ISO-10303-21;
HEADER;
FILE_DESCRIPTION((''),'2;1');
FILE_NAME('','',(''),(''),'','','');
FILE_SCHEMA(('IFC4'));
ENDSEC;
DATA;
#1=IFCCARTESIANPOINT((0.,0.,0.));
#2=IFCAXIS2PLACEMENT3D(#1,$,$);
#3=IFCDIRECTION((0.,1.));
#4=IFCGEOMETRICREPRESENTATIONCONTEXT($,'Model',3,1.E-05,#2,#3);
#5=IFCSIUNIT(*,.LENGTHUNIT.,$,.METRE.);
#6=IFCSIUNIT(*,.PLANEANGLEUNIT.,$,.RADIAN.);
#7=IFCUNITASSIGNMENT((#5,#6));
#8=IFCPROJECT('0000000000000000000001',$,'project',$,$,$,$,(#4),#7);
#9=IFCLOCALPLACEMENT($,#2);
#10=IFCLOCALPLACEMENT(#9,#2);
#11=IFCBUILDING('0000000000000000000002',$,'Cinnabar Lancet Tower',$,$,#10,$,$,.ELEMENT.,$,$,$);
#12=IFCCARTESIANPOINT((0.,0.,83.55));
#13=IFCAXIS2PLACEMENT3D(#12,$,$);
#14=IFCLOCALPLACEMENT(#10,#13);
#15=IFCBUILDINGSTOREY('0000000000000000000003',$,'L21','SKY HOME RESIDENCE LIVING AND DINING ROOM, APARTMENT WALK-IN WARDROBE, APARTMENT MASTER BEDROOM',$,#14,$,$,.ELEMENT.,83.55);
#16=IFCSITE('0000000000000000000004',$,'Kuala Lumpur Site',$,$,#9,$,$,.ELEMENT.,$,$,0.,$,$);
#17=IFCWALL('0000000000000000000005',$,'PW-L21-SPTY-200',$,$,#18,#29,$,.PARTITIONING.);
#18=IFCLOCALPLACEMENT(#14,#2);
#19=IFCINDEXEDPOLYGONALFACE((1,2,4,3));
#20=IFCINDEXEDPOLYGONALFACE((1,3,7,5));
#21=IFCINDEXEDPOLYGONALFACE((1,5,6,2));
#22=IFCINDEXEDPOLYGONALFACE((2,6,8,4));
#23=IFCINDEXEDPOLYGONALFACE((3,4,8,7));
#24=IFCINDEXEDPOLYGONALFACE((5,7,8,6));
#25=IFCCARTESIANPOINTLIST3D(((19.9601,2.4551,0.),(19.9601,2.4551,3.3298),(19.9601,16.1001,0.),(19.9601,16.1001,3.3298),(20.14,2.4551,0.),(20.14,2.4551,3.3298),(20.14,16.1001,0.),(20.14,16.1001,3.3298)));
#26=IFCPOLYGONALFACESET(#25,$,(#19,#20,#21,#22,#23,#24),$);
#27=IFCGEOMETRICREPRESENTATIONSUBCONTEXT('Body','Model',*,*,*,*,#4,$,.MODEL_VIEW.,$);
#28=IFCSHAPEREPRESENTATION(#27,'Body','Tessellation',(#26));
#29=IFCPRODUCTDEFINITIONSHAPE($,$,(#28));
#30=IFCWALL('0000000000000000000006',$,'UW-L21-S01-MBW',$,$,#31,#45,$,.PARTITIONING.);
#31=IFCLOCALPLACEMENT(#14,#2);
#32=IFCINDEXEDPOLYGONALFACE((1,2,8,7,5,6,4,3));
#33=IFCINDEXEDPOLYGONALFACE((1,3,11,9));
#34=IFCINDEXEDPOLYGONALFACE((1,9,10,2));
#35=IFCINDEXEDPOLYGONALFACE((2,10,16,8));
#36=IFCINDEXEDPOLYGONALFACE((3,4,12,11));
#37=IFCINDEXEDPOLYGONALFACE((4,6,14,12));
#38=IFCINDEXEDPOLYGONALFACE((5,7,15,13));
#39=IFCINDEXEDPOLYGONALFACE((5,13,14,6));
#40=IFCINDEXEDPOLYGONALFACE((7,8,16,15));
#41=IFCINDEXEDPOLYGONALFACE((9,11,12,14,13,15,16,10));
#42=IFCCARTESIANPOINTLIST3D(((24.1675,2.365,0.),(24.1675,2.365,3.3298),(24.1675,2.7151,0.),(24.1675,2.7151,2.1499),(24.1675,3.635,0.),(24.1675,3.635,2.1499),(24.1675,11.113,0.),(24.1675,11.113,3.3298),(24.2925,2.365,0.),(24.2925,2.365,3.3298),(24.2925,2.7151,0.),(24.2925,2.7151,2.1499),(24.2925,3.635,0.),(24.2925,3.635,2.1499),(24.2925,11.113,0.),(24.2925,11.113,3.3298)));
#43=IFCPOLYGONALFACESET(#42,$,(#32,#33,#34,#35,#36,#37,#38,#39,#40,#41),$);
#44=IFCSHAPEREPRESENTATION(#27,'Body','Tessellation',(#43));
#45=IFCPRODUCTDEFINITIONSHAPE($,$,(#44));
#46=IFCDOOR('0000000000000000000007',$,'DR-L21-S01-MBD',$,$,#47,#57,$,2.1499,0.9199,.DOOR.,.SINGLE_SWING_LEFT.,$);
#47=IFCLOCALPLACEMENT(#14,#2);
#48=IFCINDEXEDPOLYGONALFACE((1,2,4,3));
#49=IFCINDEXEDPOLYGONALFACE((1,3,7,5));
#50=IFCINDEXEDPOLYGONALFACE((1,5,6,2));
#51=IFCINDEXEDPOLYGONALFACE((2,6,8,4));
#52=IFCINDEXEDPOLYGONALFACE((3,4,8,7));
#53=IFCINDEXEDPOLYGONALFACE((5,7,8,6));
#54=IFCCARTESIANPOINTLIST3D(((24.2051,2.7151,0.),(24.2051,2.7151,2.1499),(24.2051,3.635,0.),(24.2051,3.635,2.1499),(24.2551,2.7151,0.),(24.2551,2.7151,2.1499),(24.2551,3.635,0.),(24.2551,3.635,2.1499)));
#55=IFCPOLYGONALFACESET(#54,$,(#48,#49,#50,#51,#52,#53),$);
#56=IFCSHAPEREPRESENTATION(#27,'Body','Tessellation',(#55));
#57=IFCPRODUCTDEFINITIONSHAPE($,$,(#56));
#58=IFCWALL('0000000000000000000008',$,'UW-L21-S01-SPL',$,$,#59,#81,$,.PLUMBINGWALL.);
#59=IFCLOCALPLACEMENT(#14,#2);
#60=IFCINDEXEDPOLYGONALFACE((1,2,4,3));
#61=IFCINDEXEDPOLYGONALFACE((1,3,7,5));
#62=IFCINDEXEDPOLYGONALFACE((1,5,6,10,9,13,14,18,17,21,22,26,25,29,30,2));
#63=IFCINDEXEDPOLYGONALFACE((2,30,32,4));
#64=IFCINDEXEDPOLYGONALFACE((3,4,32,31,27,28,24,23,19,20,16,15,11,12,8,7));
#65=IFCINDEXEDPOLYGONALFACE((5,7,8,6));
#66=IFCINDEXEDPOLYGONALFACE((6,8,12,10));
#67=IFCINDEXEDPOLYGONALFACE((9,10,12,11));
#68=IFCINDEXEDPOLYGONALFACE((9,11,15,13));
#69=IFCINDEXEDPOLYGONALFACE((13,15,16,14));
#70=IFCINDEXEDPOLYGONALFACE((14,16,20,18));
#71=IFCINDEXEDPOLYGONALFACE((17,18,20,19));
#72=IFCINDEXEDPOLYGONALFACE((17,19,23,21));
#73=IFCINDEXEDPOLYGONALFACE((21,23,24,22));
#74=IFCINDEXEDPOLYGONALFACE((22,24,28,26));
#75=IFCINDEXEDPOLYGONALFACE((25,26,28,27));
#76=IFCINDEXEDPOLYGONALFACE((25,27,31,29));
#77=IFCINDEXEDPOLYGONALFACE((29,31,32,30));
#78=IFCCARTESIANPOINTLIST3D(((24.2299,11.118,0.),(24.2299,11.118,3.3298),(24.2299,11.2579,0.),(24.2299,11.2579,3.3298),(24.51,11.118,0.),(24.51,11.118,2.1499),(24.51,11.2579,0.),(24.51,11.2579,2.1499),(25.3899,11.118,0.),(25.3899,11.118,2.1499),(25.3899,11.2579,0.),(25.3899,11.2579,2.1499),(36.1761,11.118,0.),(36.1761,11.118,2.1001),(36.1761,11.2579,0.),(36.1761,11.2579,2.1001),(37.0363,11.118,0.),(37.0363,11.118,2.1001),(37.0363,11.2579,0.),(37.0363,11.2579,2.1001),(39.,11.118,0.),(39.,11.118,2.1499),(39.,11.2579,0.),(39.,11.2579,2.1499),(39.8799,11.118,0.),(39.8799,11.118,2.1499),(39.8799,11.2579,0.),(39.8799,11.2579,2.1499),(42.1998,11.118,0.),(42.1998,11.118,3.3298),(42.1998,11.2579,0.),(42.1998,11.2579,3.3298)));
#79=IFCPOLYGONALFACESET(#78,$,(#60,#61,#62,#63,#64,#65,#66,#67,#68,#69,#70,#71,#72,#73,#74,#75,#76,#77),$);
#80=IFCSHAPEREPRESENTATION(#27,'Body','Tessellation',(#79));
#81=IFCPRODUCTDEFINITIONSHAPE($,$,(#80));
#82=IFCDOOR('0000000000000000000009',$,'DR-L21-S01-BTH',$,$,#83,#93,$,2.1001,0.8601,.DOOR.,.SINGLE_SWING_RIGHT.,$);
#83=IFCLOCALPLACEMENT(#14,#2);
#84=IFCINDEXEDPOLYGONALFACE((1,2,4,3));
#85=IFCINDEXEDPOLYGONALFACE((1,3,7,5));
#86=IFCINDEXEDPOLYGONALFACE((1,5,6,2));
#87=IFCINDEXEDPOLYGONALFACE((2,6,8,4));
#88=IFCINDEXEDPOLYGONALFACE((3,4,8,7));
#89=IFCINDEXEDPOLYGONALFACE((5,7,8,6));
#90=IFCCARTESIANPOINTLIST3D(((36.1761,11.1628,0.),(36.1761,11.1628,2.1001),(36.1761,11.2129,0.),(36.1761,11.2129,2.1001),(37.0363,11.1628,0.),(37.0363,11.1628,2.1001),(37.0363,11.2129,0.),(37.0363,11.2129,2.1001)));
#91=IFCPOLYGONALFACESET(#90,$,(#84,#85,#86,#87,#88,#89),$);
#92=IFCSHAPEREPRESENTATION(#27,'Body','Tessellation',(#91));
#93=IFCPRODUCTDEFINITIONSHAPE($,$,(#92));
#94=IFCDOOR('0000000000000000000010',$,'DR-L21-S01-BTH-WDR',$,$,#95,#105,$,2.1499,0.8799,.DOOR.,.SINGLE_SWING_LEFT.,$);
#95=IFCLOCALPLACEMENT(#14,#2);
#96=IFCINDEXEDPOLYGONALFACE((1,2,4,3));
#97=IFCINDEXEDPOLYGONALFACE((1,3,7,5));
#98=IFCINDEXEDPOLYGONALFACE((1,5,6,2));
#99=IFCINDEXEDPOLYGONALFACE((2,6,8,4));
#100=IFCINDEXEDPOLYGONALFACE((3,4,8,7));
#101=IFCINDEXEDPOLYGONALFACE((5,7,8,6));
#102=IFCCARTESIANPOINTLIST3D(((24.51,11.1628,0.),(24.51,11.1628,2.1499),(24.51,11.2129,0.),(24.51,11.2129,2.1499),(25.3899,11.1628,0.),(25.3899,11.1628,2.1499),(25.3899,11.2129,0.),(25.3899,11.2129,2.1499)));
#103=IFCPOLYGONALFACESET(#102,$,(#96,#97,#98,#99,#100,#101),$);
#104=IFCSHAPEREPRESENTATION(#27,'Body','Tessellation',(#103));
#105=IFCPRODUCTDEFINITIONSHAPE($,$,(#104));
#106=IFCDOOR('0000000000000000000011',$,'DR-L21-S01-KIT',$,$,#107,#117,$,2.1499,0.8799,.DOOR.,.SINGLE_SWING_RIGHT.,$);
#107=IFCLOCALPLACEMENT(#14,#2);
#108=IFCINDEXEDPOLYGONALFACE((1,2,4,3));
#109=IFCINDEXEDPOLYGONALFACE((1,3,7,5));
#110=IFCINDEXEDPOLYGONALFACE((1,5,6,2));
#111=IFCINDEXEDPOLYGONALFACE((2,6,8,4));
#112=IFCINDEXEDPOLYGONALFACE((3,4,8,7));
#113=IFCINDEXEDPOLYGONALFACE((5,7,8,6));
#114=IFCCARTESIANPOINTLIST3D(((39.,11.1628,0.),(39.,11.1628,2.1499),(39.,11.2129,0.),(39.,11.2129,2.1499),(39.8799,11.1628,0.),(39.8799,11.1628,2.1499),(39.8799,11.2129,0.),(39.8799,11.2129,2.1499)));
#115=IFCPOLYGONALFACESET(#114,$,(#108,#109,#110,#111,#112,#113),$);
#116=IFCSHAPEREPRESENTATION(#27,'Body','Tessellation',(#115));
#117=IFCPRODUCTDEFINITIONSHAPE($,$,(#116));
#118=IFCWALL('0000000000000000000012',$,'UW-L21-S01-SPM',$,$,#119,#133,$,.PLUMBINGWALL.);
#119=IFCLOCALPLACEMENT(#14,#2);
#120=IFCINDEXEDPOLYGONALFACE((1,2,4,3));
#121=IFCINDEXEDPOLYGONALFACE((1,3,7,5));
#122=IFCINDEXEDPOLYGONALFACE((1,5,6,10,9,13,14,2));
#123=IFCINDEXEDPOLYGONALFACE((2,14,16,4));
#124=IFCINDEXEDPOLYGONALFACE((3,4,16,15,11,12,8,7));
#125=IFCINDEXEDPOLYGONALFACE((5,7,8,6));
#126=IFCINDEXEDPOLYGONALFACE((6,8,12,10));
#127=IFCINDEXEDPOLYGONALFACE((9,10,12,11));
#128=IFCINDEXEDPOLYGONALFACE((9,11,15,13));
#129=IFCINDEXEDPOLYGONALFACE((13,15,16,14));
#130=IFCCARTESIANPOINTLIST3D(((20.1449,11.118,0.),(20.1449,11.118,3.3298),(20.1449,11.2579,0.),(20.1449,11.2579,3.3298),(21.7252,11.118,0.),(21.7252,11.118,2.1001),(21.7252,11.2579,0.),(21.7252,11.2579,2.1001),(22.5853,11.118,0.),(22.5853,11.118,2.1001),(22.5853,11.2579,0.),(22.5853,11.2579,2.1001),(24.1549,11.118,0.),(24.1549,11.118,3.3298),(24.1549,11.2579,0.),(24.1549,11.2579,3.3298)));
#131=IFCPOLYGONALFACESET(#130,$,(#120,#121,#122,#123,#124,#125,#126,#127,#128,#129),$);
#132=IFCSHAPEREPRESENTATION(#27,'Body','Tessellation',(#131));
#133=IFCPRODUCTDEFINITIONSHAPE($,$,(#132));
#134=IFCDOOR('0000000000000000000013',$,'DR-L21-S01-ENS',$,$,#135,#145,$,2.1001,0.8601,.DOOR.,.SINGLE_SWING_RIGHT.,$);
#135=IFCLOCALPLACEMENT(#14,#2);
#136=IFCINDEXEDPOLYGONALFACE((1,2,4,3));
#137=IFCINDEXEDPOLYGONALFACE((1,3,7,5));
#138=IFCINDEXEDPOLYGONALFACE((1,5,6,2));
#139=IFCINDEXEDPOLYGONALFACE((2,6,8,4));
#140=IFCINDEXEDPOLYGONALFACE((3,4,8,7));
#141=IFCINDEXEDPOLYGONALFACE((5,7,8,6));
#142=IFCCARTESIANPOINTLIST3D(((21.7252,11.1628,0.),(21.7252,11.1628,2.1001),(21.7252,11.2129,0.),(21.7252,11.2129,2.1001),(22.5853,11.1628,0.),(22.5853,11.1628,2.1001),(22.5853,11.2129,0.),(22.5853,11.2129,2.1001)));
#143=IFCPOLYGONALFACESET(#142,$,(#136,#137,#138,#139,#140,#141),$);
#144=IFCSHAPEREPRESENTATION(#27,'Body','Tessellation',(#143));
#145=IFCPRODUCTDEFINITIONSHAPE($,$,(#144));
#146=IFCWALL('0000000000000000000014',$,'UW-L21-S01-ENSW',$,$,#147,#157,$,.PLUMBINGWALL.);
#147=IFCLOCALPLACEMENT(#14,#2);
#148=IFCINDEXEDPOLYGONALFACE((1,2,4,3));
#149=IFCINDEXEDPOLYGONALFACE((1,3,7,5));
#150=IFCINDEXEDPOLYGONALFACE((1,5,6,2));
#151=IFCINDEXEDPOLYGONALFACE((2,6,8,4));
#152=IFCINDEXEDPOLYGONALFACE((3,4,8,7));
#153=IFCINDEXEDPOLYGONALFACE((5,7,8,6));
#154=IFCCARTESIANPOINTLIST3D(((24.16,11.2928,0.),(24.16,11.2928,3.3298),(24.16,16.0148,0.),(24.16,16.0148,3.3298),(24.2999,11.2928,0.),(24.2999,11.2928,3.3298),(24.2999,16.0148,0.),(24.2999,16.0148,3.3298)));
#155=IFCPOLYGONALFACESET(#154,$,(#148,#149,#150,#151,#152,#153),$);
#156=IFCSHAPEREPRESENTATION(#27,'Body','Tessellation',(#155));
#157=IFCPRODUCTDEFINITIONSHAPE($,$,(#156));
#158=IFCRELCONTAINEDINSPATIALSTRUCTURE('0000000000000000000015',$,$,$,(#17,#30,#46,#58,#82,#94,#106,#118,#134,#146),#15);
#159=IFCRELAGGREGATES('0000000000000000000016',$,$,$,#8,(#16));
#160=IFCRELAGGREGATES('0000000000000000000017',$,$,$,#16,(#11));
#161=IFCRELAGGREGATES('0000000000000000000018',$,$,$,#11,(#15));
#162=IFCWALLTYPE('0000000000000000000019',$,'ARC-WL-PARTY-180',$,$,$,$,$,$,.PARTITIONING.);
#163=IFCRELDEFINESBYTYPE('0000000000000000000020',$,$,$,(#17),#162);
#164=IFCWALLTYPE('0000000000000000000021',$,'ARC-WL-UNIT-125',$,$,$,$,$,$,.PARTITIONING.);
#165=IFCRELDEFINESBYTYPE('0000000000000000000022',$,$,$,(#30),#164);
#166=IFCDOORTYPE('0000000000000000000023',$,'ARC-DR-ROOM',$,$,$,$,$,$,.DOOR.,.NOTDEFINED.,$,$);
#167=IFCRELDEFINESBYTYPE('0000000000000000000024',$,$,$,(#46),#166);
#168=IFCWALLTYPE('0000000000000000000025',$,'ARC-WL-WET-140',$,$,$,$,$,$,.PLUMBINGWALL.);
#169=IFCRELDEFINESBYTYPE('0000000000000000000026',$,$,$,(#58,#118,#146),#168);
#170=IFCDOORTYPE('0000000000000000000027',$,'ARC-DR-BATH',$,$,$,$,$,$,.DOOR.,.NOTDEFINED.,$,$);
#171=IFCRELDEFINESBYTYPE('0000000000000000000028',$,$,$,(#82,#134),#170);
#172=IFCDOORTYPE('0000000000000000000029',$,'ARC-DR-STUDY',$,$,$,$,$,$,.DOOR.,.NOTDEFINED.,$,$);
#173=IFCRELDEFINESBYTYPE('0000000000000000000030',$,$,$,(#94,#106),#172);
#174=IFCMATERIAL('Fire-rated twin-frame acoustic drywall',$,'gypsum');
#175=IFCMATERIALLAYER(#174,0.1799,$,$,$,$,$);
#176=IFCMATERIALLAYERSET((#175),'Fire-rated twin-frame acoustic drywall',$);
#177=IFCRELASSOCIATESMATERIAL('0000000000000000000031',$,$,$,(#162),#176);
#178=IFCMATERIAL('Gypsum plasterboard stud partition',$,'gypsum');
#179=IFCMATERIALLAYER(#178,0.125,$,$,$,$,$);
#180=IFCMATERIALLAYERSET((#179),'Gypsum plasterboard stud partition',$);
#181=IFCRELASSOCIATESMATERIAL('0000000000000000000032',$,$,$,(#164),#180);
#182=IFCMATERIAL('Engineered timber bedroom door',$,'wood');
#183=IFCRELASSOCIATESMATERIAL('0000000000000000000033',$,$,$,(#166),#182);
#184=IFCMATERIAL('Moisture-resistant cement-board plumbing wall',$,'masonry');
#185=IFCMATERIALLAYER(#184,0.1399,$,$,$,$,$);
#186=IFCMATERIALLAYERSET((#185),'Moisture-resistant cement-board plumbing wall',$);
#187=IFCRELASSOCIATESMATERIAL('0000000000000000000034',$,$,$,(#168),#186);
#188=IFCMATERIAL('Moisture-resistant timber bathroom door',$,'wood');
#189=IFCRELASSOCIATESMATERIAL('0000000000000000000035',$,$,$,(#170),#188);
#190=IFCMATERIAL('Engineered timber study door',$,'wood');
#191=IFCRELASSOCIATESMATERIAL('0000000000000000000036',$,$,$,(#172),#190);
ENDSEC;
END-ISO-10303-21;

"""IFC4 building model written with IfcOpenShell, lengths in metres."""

from ifc_helpers import new_model, si_unit, direction, frame, frame_2d, origin, place, context, subcontext, project, spatial, rectangle, extrude, material, layer, layer_set, type_object, element, fill, save


model = new_model("IFC4")

# Units and contexts
model_context = context("Model", 3, precision=1e-05, world=origin(), true_north=direction((0.0, 1.0)))
body_context = subcontext(model_context, "Body", "Model", "MODEL_VIEW")
ifc_project = project(units=[si_unit("LENGTHUNIT", "METRE"), si_unit("PLANEANGLEUNIT", "RADIAN")], contexts=[model_context])

# Site, building, storey
site_placement = place(None, origin())
site = spatial("IfcSite", under=ifc_project, at=site_placement, Name="Kuala Lumpur Site", CompositionType="ELEMENT", RefElevation=0.0)
building_placement = place(site_placement, origin())
building = spatial("IfcBuilding", under=site, at=building_placement, Name="Cinnabar Lancet Tower", CompositionType="ELEMENT")
storey_placement = place(building_placement, frame((0.0, 0.0, 83.55)))
storey = spatial("IfcBuildingStorey", under=building, at=storey_placement, Name="L21", Description="SKY HOME RESIDENCE LIVING AND DINING ROOM, APARTMENT WALK-IN WARDROBE, APARTMENT MASTER BEDROOM", CompositionType="ELEMENT", Elevation=83.55)

# Wall
ifc_material_1 = material(Name="Fire-rated twin-frame acoustic drywall", Category="gypsum")
ifc_layer_1 = layer(ifc_material_1, 0.1799)
ifc_layer_set_1 = layer_set([ifc_layer_1], Name="Fire-rated twin-frame acoustic drywall")
wall_type_1 = type_object("IfcWallType", Name="ARC-WL-PARTY-180", PredefinedType="PARTITIONING", material=ifc_layer_set_1)
wall_1_placement = place(storey_placement, frame((20.05, 2.4551, 0.0), z_axis=(0.0, 0.0, 1.0), x_axis=(0.0, 1.0, 0.0)))
element("IfcWall", 1, at=wall_1_placement, inside=storey, type_object=wall_type_1, Name="PW-L21-SPTY-200", PredefinedType="PARTITIONING", context=body_context, shape_type="SweptSolid", body=[
    extrude(rectangle(XDim=13.645, YDim=0.1799, at=frame_2d((6.8225, 0.0))), origin(), (0.0, 0.0, 1.0), 3.3298),
])

# Wall, opening, door
ifc_material_2 = material(Name="Gypsum plasterboard stud partition", Category="gypsum")
ifc_layer_2 = layer(ifc_material_2, 0.125)
ifc_layer_set_2 = layer_set([ifc_layer_2], Name="Gypsum plasterboard stud partition")
wall_type_2 = type_object("IfcWallType", Name="ARC-WL-UNIT-125", PredefinedType="PARTITIONING", material=ifc_layer_set_2)
wall_2_placement = place(storey_placement, frame((24.23, 2.365, 0.0), z_axis=(0.0, 0.0, 1.0), x_axis=(0.0, 1.0, 0.0)))
wall_2 = element("IfcWall", 2, at=wall_2_placement, inside=storey, type_object=wall_type_2, Name="UW-L21-S01-MBW", PredefinedType="PARTITIONING", context=body_context, shape_type="SweptSolid", body=[
    extrude(rectangle(XDim=8.748, YDim=0.125, at=frame_2d((4.374, 0.0))), origin(), (0.0, 0.0, 1.0), 3.3298),
])
opening_1_placement = place(wall_2_placement, frame((0.3501, 0.0, 0.0)))
opening_1 = element("IfcOpeningElement", 3, at=opening_1_placement, cuts=wall_2, PredefinedType="OPENING", context=body_context, shape_type="SweptSolid", body=[
    extrude(rectangle(XDim=0.9199, YDim=2.1499, at=frame_2d((0.46, 1.075))), frame((0.0, 0.0725, 0.0), z_axis=(0.0, -1.0, 0.0), x_axis=(1.0, 0.0, 0.0)), (0.0, 0.0, 1.0), 0.145),
])
ifc_material_3 = material(Name="Engineered timber bedroom door", Category="wood")
door_type_1 = type_object("IfcDoorType", Name="ARC-DR-ROOM", OperationType="NOTDEFINED", PredefinedType="DOOR", material=ifc_material_3)
door_1_placement = place(opening_1_placement, origin())
door_1 = element("IfcDoor", 4, at=door_1_placement, inside=storey, type_object=door_type_1, Name="DR-L21-S01-MBD", OperationType="SINGLE_SWING_LEFT", OverallHeight=2.1499, OverallWidth=0.9199, PredefinedType="DOOR", context=body_context, shape_type="SweptSolid", body=[
    extrude(rectangle(XDim=0.9199, YDim=2.1499, at=frame_2d((0.46, 1.075))), frame((0.0, 0.0249, 0.0), z_axis=(0.0, -1.0, 0.0), x_axis=(1.0, 0.0, 0.0)), (0.0, 0.0, 1.0), 0.05),
])
fill(opening_1, door_1)

# Wall, openings, doors
ifc_material_4 = material(Name="Moisture-resistant cement-board plumbing wall", Category="masonry")
ifc_layer_3 = layer(ifc_material_4, 0.1399)
ifc_layer_set_3 = layer_set([ifc_layer_3], Name="Moisture-resistant cement-board plumbing wall")
wall_type_3 = type_object("IfcWallType", Name="ARC-WL-WET-140", PredefinedType="PLUMBINGWALL", material=ifc_layer_set_3)
wall_3_placement = place(storey_placement, frame((24.23, 11.188, 0.0), z_axis=(0.0, 0.0, 1.0), x_axis=(1.0, 0.0, 0.0)))
wall_3 = element("IfcWall", 5, at=wall_3_placement, inside=storey, type_object=wall_type_3, Name="UW-L21-S01-SPL", PredefinedType="PLUMBINGWALL", context=body_context, shape_type="SweptSolid", body=[
    extrude(rectangle(XDim=17.97, YDim=0.1399, at=frame_2d((8.9849, 0.0))), origin(), (0.0, 0.0, 1.0), 3.3298),
])
opening_2_placement = place(wall_3_placement, frame((0.28, 0.0, 0.0)))
opening_2 = element("IfcOpeningElement", 6, at=opening_2_placement, cuts=wall_3, PredefinedType="OPENING", context=body_context, shape_type="SweptSolid", body=[
    extrude(rectangle(XDim=0.8799, YDim=2.1499, at=frame_2d((0.4399, 1.075))), frame((0.0, 0.0798, 0.0), z_axis=(0.0, -1.0, 0.0), x_axis=(1.0, 0.0, 0.0)), (0.0, 0.0, 1.0), 0.1599),
])
opening_3_placement = place(wall_3_placement, frame((11.946, 0.0, 0.0)))
opening_3 = element("IfcOpeningElement", 7, at=opening_3_placement, cuts=wall_3, PredefinedType="OPENING", context=body_context, shape_type="SweptSolid", body=[
    extrude(rectangle(XDim=0.8601, YDim=2.1001, at=frame_2d((0.4302, 1.05))), frame((0.0, 0.0798, 0.0), z_axis=(0.0, -1.0, 0.0), x_axis=(1.0, 0.0, 0.0)), (0.0, 0.0, 1.0), 0.1599),
])
opening_4_placement = place(wall_3_placement, frame((14.77, 0.0, 0.0)))
opening_4 = element("IfcOpeningElement", 8, at=opening_4_placement, cuts=wall_3, PredefinedType="OPENING", context=body_context, shape_type="SweptSolid", body=[
    extrude(rectangle(XDim=0.8799, YDim=2.1499, at=frame_2d((0.4399, 1.075))), frame((0.0, 0.0798, 0.0), z_axis=(0.0, -1.0, 0.0), x_axis=(1.0, 0.0, 0.0)), (0.0, 0.0, 1.0), 0.1599),
])
ifc_material_5 = material(Name="Moisture-resistant timber bathroom door", Category="wood")
door_type_2 = type_object("IfcDoorType", Name="ARC-DR-BATH", OperationType="NOTDEFINED", PredefinedType="DOOR", material=ifc_material_5)
door_2_placement = place(opening_3_placement, origin())
door_2 = element("IfcDoor", 9, at=door_2_placement, inside=storey, type_object=door_type_2, Name="DR-L21-S01-BTH", OperationType="SINGLE_SWING_RIGHT", OverallHeight=2.1001, OverallWidth=0.8601, PredefinedType="DOOR", context=body_context, shape_type="SweptSolid", body=[
    extrude(rectangle(XDim=0.8601, YDim=2.1001, at=frame_2d((0.4302, 1.05))), frame((0.0, 0.0249, 0.0), z_axis=(0.0, -1.0, 0.0), x_axis=(1.0, 0.0, 0.0)), (0.0, 0.0, 1.0), 0.05),
])
fill(opening_3, door_2)
ifc_material_6 = material(Name="Engineered timber study door", Category="wood")
door_type_3 = type_object("IfcDoorType", Name="ARC-DR-STUDY", OperationType="NOTDEFINED", PredefinedType="DOOR", material=ifc_material_6)
door_3_placement = place(opening_2_placement, origin())
door_3 = element("IfcDoor", 10, at=door_3_placement, inside=storey, type_object=door_type_3, Name="DR-L21-S01-BTH-WDR", OperationType="SINGLE_SWING_LEFT", OverallHeight=2.1499, OverallWidth=0.8799, PredefinedType="DOOR", context=body_context, shape_type="SweptSolid", body=[
    extrude(rectangle(XDim=0.8799, YDim=2.1499, at=frame_2d((0.4399, 1.075))), frame((0.0, 0.0249, 0.0), z_axis=(0.0, -1.0, 0.0), x_axis=(1.0, 0.0, 0.0)), (0.0, 0.0, 1.0), 0.05),
])
fill(opening_2, door_3)
door_4_placement = place(opening_4_placement, origin())
door_4 = element("IfcDoor", 11, at=door_4_placement, inside=storey, type_object=door_type_3, Name="DR-L21-S01-KIT", OperationType="SINGLE_SWING_RIGHT", OverallHeight=2.1499, OverallWidth=0.8799, PredefinedType="DOOR", context=body_context, shape_type="SweptSolid", body=[
    extrude(rectangle(XDim=0.8799, YDim=2.1499, at=frame_2d((0.4399, 1.075))), frame((0.0, 0.0249, 0.0), z_axis=(0.0, -1.0, 0.0), x_axis=(1.0, 0.0, 0.0)), (0.0, 0.0, 1.0), 0.05),
])
fill(opening_4, door_4)

# Wall, opening, door
wall_4_placement = place(storey_placement, frame((20.145, 11.188, 0.0), z_axis=(0.0, 0.0, 1.0), x_axis=(1.0, 0.0, 0.0)))
wall_4 = element("IfcWall", 12, at=wall_4_placement, inside=storey, type_object=wall_type_3, Name="UW-L21-S01-SPM", PredefinedType="PLUMBINGWALL", context=body_context, shape_type="SweptSolid", body=[
    extrude(rectangle(XDim=4.01, YDim=0.1399, at=frame_2d((2.0049, 0.0))), origin(), (0.0, 0.0, 1.0), 3.3298),
])
opening_5_placement = place(wall_4_placement, frame((1.5801, 0.0, 0.0)))
opening_5 = element("IfcOpeningElement", 13, at=opening_5_placement, cuts=wall_4, PredefinedType="OPENING", context=body_context, shape_type="SweptSolid", body=[
    extrude(rectangle(XDim=0.8601, YDim=2.1001, at=frame_2d((0.4302, 1.05))), frame((0.0, 0.0798, 0.0), z_axis=(0.0, -1.0, 0.0), x_axis=(1.0, 0.0, 0.0)), (0.0, 0.0, 1.0), 0.1599),
])
door_5_placement = place(opening_5_placement, origin())
door_5 = element("IfcDoor", 14, at=door_5_placement, inside=storey, type_object=door_type_2, Name="DR-L21-S01-ENS", OperationType="SINGLE_SWING_RIGHT", OverallHeight=2.1001, OverallWidth=0.8601, PredefinedType="DOOR", context=body_context, shape_type="SweptSolid", body=[
    extrude(rectangle(XDim=0.8601, YDim=2.1001, at=frame_2d((0.4302, 1.05))), frame((0.0, 0.0249, 0.0), z_axis=(0.0, -1.0, 0.0), x_axis=(1.0, 0.0, 0.0)), (0.0, 0.0, 1.0), 0.05),
])
fill(opening_5, door_5)

# Wall
wall_5_placement = place(storey_placement, frame((24.23, 11.293, 0.0), z_axis=(0.0, 0.0, 1.0), x_axis=(0.0, 1.0, 0.0)))
element("IfcWall", 15, at=wall_5_placement, inside=storey, type_object=wall_type_3, Name="UW-L21-S01-ENSW", PredefinedType="PLUMBINGWALL", context=body_context, shape_type="SweptSolid", body=[
    extrude(rectangle(XDim=4.7219, YDim=0.1399, at=frame_2d((2.3608, 0.0))), origin(), (0.0, 0.0, 1.0), 3.3298),
])

save(model, "model.ifc")
